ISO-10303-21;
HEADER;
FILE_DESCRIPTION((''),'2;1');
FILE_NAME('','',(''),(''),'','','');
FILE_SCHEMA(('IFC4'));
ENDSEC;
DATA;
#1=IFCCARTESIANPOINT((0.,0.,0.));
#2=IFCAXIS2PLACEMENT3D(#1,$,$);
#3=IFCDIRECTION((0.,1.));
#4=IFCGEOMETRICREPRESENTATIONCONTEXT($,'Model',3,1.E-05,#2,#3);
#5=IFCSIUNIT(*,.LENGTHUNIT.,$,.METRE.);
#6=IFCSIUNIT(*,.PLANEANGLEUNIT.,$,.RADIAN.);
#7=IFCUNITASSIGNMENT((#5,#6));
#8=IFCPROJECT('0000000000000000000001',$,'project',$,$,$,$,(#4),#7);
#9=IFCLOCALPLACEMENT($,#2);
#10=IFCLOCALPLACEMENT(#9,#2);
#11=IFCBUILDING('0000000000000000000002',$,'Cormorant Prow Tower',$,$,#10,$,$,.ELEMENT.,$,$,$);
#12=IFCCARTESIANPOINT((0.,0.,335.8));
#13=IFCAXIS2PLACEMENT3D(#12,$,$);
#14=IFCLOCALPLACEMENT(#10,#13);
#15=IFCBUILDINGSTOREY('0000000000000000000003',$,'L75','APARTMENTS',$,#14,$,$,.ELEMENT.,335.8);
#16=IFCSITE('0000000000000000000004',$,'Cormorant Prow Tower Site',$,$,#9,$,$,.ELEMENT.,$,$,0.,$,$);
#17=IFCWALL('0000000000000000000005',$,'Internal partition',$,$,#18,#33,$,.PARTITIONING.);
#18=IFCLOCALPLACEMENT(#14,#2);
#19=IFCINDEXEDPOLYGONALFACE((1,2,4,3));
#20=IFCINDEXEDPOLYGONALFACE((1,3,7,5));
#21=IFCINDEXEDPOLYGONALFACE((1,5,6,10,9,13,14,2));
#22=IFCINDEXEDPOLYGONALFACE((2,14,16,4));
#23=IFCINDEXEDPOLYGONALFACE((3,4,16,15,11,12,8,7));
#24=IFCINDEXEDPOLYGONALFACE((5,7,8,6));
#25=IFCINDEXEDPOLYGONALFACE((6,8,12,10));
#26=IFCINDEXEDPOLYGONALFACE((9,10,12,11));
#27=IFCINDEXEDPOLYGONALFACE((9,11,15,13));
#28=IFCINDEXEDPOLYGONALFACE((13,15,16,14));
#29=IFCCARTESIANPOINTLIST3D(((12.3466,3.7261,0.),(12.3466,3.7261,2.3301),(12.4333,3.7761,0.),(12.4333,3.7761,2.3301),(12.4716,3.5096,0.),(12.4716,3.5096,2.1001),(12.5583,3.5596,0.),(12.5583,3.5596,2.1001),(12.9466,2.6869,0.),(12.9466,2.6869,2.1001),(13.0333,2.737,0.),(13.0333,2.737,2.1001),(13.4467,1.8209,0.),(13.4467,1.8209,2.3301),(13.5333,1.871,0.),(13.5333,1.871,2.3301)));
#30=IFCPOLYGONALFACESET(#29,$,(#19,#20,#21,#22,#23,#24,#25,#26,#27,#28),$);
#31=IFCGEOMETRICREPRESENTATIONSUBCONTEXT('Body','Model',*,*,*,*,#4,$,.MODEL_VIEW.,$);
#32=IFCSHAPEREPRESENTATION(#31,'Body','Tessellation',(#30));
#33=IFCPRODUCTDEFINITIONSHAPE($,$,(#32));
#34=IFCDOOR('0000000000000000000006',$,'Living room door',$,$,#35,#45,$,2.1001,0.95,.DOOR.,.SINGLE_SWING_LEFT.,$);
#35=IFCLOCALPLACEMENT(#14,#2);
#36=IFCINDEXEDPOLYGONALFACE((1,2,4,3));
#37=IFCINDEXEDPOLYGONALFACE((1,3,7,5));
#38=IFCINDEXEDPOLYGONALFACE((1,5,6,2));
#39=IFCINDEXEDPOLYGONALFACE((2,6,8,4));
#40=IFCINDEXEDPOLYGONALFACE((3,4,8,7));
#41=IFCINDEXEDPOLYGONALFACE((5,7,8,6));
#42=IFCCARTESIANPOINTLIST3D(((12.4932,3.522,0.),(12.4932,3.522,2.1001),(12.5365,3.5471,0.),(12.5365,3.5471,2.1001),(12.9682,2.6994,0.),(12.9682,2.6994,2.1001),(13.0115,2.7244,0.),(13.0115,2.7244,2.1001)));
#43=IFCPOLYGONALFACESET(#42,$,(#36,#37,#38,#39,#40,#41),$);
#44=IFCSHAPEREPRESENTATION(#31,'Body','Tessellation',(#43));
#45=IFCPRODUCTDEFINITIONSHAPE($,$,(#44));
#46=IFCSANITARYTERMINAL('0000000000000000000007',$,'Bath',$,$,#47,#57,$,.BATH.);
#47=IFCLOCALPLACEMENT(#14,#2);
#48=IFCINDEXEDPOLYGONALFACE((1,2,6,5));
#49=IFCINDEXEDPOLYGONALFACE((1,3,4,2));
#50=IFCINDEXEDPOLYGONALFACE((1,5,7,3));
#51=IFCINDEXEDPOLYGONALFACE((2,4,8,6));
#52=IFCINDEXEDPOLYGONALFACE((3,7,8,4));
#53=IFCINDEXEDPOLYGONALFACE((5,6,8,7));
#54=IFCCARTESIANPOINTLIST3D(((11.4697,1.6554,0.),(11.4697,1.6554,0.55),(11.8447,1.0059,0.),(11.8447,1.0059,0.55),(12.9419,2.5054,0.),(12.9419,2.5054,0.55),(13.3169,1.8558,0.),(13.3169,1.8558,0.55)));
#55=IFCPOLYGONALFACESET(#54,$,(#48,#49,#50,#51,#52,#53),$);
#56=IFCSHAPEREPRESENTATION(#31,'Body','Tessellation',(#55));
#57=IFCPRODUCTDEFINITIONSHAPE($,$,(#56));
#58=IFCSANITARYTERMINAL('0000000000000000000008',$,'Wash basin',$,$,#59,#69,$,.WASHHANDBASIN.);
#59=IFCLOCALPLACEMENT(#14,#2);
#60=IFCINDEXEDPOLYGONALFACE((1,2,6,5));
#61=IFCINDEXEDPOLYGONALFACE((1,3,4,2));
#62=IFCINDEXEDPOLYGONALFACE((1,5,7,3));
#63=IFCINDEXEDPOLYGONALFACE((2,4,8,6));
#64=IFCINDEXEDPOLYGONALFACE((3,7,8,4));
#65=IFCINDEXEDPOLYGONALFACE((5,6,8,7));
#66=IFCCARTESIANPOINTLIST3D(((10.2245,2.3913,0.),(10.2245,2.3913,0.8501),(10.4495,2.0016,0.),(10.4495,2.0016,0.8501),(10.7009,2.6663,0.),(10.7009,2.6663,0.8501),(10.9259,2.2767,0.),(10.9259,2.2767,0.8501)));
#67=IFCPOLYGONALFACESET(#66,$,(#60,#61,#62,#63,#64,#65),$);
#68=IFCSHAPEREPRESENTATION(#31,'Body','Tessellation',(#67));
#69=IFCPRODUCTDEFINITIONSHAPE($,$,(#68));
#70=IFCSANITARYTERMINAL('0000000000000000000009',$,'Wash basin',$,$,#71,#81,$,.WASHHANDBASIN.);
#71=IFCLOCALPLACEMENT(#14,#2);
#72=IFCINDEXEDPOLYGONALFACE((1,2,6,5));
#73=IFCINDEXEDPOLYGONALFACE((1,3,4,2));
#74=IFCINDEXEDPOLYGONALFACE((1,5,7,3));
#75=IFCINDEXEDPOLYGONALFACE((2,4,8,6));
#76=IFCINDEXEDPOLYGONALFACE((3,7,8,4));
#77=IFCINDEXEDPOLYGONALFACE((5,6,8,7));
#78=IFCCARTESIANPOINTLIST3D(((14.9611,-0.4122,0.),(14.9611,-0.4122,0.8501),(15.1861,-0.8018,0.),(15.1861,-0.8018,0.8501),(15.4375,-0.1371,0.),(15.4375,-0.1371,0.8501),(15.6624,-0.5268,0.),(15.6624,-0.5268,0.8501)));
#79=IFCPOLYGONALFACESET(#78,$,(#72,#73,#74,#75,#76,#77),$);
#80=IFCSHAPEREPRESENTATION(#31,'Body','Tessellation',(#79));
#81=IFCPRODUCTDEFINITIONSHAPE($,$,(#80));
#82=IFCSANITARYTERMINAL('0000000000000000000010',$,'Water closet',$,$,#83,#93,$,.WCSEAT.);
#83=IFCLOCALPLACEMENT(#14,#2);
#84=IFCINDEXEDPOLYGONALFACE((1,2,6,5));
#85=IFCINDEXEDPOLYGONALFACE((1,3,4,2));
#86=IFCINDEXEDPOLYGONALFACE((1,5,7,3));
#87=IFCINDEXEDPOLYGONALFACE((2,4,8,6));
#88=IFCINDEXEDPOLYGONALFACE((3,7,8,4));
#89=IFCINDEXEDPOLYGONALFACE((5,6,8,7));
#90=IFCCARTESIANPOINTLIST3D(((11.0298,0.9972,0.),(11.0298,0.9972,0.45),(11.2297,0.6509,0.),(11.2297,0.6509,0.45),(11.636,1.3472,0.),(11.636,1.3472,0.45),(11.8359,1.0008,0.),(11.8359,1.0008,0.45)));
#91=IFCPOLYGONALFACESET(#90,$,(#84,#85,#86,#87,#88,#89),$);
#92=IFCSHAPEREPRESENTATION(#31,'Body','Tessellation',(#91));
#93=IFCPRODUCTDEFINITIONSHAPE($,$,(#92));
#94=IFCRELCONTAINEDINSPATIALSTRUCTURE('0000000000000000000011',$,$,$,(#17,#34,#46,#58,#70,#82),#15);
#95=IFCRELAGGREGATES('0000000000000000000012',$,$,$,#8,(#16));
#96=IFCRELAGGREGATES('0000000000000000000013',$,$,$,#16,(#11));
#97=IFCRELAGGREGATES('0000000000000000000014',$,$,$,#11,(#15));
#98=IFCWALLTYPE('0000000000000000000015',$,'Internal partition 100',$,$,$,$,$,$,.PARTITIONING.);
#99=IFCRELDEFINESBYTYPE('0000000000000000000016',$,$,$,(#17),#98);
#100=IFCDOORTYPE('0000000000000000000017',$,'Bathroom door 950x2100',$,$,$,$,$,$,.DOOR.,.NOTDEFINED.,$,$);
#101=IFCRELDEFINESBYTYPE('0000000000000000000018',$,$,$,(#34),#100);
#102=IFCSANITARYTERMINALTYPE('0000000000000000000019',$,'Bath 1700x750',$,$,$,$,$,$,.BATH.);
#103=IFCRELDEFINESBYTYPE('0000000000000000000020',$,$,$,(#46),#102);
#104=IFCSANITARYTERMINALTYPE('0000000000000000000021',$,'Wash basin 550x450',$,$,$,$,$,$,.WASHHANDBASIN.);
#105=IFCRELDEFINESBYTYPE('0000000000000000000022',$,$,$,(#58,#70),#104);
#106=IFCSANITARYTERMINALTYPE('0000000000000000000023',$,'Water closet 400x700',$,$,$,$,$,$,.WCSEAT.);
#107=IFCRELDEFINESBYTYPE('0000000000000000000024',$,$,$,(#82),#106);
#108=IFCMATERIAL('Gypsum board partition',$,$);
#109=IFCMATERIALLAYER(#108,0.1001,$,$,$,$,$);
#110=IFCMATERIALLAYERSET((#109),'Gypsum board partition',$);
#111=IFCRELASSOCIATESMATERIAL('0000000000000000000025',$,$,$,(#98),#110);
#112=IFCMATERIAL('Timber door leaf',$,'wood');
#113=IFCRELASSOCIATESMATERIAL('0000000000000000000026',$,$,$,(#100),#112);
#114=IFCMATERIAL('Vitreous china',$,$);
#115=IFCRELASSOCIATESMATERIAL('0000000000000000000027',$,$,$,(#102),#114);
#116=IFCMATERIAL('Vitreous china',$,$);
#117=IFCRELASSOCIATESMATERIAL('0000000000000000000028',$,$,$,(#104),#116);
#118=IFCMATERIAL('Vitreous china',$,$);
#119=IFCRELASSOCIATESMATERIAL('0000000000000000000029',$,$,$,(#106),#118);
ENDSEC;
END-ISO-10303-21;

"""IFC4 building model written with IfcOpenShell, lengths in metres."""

from ifc_helpers import new_model, si_unit, direction, frame, frame_2d, origin, origin_2d, place, context, subcontext, project, spatial, rectangle, extrude, material, layer, layer_set, type_object, element, fill, save


model = new_model("IFC4")

# Units and contexts
model_context = context("Model", 3, precision=1e-05, world=origin(), true_north=direction((0.0, 1.0)))
body_context = subcontext(model_context, "Body", "Model", "MODEL_VIEW")
ifc_project = project(units=[si_unit("LENGTHUNIT", "METRE"), si_unit("PLANEANGLEUNIT", "RADIAN")], contexts=[model_context])

# Site, building, storey
site_placement = place(None, origin())
site = spatial("IfcSite", under=ifc_project, at=site_placement, Name="Cormorant Prow Tower Site", CompositionType="ELEMENT", RefElevation=0.0)
building_placement = place(site_placement, origin())
building = spatial("IfcBuilding", under=site, at=building_placement, Name="Cormorant Prow Tower", CompositionType="ELEMENT")
storey_placement = place(building_placement, frame((0.0, 0.0, 335.8)))
storey = spatial("IfcBuildingStorey", under=building, at=storey_placement, Name="L75", Description="APARTMENTS", CompositionType="ELEMENT", Elevation=335.8)

# Shared definitions
ifc_material_1 = material(Name="Gypsum board partition")
ifc_layer_1 = layer(ifc_material_1, 0.1001)
ifc_layer_set_1 = layer_set([ifc_layer_1], Name="Gypsum board partition")
wall_type_1 = type_object("IfcWallType", Name="Internal partition 100", PredefinedType="PARTITIONING", material=ifc_layer_set_1)
ifc_material_2 = material(Name="Timber door leaf", Category="wood")
door_type = type_object("IfcDoorType", Name="Bathroom door 950x2100", OperationType="NOTDEFINED", PredefinedType="DOOR", material=ifc_material_2)

# Wall, opening, door
wall_1_placement = place(storey_placement, frame((12.3899, 3.7512, 0.0), z_axis=(0.0, 0.0, 1.0), x_axis=(0.50003, -0.866008, 0.0)))
wall_1 = element("IfcWall", 1, at=wall_1_placement, inside=storey, type_object=wall_type_1, Name="Internal partition", PredefinedType="PARTITIONING", context=body_context, shape_type="SweptSolid", body=[
    extrude(rectangle(XDim=2.2, YDim=0.1001, at=frame_2d((1.1001, 0.0))), origin(), (0.0, 0.0, 1.0), 2.3301),
])
opening_1_placement = place(wall_1_placement, frame((0.25, 0.0, 0.0)))
opening_1 = element("IfcOpeningElement", 2, at=opening_1_placement, cuts=wall_1, PredefinedType="OPENING", context=body_context, shape_type="SweptSolid", body=[
    extrude(rectangle(XDim=0.95, YDim=2.1001, at=frame_2d((0.4751, 1.05))), frame((0.0, 0.0601, 0.0), z_axis=(0.0, -1.0, 0.0), x_axis=(1.0, 0.0, 0.0)), (0.0, 0.0, 1.0), 0.1201),
])
door_1_placement = place(opening_1_placement, origin())
door_1 = element("IfcDoor", 3, at=door_1_placement, inside=storey, type_object=door_type, Name="Living room door", OperationType="SINGLE_SWING_LEFT", OverallHeight=2.1001, OverallWidth=0.95, PredefinedType="DOOR", context=body_context, shape_type="SweptSolid", body=[
    extrude(rectangle(XDim=0.95, YDim=2.1001, at=frame_2d((0.4751, 1.05))), frame((0.0, 0.0249, 0.0), z_axis=(0.0, -1.0, 0.0), x_axis=(1.0, 0.0, 0.0)), (0.0, 0.0, 1.0), 0.05),
])
fill(opening_1, door_1)

# Sanitary terminals
ifc_material_3 = material(Name="Vitreous china")
sanitary_terminal_type_1 = type_object("IfcSanitaryTerminalType", Name="Bath 1700x750", PredefinedType="BATH", material=ifc_material_3)
sanitary_terminal_1_placement = place(storey_placement, frame((12.3933, 1.7556, 0.0), z_axis=(0.0, 0.0, 1.0), x_axis=(-0.866025, -0.5, 0.0)))
element("IfcSanitaryTerminal", 4, at=sanitary_terminal_1_placement, inside=storey, type_object=sanitary_terminal_type_1, Name="Bath", PredefinedType="BATH", context=body_context, shape_type="SweptSolid", body=[
    extrude(rectangle(XDim=1.7, YDim=0.75, at=origin_2d()), origin(), (0.0, 0.0, 1.0), 0.55),
])
ifc_material_4 = material(Name="Vitreous china")
sanitary_terminal_type_2 = type_object("IfcSanitaryTerminalType", Name="Wash basin 550x450", PredefinedType="WASHHANDBASIN", material=ifc_material_4)
for number, where, z_axis, x_axis, name in (
    (5, (10.5752, 2.334, 0.0), (0.0, 0.0, 1.0), (0.866025, 0.5, 0.0), "Wash basin"),
    (6, (15.3118, -0.4695, 0.0), (0.0, 0.0, 1.0), (0.866025, 0.5, 0.0), "Wash basin"),
):
    element("IfcSanitaryTerminal", number, at=place(storey_placement, frame(where, z_axis=z_axis, x_axis=x_axis)), inside=storey, type_object=sanitary_terminal_type_2, Name=name, PredefinedType="WASHHANDBASIN", context=body_context, shape_type="SweptSolid", body=[
        extrude(rectangle(XDim=0.55, YDim=0.45, at=origin_2d()), origin(), (0.0, 0.0, 1.0), 0.8501),
    ])
ifc_material_5 = material(Name="Vitreous china")
sanitary_terminal_type_3 = type_object("IfcSanitaryTerminalType", Name="Water closet 400x700", PredefinedType="WCSEAT", material=ifc_material_5)
sanitary_terminal_2_placement = place(storey_placement, frame((11.4329, 0.999, 0.0), z_axis=(0.0, 0.0, 1.0), x_axis=(-0.5, 0.866025, 0.0)))
element("IfcSanitaryTerminal", 7, at=sanitary_terminal_2_placement, inside=storey, type_object=sanitary_terminal_type_3, Name="Water closet", PredefinedType="WCSEAT", context=body_context, shape_type="SweptSolid", body=[
    extrude(rectangle(XDim=0.3999, YDim=0.7, at=origin_2d()), origin(), (0.0, 0.0, 1.0), 0.45),
])

save(model, "model.ifc")
